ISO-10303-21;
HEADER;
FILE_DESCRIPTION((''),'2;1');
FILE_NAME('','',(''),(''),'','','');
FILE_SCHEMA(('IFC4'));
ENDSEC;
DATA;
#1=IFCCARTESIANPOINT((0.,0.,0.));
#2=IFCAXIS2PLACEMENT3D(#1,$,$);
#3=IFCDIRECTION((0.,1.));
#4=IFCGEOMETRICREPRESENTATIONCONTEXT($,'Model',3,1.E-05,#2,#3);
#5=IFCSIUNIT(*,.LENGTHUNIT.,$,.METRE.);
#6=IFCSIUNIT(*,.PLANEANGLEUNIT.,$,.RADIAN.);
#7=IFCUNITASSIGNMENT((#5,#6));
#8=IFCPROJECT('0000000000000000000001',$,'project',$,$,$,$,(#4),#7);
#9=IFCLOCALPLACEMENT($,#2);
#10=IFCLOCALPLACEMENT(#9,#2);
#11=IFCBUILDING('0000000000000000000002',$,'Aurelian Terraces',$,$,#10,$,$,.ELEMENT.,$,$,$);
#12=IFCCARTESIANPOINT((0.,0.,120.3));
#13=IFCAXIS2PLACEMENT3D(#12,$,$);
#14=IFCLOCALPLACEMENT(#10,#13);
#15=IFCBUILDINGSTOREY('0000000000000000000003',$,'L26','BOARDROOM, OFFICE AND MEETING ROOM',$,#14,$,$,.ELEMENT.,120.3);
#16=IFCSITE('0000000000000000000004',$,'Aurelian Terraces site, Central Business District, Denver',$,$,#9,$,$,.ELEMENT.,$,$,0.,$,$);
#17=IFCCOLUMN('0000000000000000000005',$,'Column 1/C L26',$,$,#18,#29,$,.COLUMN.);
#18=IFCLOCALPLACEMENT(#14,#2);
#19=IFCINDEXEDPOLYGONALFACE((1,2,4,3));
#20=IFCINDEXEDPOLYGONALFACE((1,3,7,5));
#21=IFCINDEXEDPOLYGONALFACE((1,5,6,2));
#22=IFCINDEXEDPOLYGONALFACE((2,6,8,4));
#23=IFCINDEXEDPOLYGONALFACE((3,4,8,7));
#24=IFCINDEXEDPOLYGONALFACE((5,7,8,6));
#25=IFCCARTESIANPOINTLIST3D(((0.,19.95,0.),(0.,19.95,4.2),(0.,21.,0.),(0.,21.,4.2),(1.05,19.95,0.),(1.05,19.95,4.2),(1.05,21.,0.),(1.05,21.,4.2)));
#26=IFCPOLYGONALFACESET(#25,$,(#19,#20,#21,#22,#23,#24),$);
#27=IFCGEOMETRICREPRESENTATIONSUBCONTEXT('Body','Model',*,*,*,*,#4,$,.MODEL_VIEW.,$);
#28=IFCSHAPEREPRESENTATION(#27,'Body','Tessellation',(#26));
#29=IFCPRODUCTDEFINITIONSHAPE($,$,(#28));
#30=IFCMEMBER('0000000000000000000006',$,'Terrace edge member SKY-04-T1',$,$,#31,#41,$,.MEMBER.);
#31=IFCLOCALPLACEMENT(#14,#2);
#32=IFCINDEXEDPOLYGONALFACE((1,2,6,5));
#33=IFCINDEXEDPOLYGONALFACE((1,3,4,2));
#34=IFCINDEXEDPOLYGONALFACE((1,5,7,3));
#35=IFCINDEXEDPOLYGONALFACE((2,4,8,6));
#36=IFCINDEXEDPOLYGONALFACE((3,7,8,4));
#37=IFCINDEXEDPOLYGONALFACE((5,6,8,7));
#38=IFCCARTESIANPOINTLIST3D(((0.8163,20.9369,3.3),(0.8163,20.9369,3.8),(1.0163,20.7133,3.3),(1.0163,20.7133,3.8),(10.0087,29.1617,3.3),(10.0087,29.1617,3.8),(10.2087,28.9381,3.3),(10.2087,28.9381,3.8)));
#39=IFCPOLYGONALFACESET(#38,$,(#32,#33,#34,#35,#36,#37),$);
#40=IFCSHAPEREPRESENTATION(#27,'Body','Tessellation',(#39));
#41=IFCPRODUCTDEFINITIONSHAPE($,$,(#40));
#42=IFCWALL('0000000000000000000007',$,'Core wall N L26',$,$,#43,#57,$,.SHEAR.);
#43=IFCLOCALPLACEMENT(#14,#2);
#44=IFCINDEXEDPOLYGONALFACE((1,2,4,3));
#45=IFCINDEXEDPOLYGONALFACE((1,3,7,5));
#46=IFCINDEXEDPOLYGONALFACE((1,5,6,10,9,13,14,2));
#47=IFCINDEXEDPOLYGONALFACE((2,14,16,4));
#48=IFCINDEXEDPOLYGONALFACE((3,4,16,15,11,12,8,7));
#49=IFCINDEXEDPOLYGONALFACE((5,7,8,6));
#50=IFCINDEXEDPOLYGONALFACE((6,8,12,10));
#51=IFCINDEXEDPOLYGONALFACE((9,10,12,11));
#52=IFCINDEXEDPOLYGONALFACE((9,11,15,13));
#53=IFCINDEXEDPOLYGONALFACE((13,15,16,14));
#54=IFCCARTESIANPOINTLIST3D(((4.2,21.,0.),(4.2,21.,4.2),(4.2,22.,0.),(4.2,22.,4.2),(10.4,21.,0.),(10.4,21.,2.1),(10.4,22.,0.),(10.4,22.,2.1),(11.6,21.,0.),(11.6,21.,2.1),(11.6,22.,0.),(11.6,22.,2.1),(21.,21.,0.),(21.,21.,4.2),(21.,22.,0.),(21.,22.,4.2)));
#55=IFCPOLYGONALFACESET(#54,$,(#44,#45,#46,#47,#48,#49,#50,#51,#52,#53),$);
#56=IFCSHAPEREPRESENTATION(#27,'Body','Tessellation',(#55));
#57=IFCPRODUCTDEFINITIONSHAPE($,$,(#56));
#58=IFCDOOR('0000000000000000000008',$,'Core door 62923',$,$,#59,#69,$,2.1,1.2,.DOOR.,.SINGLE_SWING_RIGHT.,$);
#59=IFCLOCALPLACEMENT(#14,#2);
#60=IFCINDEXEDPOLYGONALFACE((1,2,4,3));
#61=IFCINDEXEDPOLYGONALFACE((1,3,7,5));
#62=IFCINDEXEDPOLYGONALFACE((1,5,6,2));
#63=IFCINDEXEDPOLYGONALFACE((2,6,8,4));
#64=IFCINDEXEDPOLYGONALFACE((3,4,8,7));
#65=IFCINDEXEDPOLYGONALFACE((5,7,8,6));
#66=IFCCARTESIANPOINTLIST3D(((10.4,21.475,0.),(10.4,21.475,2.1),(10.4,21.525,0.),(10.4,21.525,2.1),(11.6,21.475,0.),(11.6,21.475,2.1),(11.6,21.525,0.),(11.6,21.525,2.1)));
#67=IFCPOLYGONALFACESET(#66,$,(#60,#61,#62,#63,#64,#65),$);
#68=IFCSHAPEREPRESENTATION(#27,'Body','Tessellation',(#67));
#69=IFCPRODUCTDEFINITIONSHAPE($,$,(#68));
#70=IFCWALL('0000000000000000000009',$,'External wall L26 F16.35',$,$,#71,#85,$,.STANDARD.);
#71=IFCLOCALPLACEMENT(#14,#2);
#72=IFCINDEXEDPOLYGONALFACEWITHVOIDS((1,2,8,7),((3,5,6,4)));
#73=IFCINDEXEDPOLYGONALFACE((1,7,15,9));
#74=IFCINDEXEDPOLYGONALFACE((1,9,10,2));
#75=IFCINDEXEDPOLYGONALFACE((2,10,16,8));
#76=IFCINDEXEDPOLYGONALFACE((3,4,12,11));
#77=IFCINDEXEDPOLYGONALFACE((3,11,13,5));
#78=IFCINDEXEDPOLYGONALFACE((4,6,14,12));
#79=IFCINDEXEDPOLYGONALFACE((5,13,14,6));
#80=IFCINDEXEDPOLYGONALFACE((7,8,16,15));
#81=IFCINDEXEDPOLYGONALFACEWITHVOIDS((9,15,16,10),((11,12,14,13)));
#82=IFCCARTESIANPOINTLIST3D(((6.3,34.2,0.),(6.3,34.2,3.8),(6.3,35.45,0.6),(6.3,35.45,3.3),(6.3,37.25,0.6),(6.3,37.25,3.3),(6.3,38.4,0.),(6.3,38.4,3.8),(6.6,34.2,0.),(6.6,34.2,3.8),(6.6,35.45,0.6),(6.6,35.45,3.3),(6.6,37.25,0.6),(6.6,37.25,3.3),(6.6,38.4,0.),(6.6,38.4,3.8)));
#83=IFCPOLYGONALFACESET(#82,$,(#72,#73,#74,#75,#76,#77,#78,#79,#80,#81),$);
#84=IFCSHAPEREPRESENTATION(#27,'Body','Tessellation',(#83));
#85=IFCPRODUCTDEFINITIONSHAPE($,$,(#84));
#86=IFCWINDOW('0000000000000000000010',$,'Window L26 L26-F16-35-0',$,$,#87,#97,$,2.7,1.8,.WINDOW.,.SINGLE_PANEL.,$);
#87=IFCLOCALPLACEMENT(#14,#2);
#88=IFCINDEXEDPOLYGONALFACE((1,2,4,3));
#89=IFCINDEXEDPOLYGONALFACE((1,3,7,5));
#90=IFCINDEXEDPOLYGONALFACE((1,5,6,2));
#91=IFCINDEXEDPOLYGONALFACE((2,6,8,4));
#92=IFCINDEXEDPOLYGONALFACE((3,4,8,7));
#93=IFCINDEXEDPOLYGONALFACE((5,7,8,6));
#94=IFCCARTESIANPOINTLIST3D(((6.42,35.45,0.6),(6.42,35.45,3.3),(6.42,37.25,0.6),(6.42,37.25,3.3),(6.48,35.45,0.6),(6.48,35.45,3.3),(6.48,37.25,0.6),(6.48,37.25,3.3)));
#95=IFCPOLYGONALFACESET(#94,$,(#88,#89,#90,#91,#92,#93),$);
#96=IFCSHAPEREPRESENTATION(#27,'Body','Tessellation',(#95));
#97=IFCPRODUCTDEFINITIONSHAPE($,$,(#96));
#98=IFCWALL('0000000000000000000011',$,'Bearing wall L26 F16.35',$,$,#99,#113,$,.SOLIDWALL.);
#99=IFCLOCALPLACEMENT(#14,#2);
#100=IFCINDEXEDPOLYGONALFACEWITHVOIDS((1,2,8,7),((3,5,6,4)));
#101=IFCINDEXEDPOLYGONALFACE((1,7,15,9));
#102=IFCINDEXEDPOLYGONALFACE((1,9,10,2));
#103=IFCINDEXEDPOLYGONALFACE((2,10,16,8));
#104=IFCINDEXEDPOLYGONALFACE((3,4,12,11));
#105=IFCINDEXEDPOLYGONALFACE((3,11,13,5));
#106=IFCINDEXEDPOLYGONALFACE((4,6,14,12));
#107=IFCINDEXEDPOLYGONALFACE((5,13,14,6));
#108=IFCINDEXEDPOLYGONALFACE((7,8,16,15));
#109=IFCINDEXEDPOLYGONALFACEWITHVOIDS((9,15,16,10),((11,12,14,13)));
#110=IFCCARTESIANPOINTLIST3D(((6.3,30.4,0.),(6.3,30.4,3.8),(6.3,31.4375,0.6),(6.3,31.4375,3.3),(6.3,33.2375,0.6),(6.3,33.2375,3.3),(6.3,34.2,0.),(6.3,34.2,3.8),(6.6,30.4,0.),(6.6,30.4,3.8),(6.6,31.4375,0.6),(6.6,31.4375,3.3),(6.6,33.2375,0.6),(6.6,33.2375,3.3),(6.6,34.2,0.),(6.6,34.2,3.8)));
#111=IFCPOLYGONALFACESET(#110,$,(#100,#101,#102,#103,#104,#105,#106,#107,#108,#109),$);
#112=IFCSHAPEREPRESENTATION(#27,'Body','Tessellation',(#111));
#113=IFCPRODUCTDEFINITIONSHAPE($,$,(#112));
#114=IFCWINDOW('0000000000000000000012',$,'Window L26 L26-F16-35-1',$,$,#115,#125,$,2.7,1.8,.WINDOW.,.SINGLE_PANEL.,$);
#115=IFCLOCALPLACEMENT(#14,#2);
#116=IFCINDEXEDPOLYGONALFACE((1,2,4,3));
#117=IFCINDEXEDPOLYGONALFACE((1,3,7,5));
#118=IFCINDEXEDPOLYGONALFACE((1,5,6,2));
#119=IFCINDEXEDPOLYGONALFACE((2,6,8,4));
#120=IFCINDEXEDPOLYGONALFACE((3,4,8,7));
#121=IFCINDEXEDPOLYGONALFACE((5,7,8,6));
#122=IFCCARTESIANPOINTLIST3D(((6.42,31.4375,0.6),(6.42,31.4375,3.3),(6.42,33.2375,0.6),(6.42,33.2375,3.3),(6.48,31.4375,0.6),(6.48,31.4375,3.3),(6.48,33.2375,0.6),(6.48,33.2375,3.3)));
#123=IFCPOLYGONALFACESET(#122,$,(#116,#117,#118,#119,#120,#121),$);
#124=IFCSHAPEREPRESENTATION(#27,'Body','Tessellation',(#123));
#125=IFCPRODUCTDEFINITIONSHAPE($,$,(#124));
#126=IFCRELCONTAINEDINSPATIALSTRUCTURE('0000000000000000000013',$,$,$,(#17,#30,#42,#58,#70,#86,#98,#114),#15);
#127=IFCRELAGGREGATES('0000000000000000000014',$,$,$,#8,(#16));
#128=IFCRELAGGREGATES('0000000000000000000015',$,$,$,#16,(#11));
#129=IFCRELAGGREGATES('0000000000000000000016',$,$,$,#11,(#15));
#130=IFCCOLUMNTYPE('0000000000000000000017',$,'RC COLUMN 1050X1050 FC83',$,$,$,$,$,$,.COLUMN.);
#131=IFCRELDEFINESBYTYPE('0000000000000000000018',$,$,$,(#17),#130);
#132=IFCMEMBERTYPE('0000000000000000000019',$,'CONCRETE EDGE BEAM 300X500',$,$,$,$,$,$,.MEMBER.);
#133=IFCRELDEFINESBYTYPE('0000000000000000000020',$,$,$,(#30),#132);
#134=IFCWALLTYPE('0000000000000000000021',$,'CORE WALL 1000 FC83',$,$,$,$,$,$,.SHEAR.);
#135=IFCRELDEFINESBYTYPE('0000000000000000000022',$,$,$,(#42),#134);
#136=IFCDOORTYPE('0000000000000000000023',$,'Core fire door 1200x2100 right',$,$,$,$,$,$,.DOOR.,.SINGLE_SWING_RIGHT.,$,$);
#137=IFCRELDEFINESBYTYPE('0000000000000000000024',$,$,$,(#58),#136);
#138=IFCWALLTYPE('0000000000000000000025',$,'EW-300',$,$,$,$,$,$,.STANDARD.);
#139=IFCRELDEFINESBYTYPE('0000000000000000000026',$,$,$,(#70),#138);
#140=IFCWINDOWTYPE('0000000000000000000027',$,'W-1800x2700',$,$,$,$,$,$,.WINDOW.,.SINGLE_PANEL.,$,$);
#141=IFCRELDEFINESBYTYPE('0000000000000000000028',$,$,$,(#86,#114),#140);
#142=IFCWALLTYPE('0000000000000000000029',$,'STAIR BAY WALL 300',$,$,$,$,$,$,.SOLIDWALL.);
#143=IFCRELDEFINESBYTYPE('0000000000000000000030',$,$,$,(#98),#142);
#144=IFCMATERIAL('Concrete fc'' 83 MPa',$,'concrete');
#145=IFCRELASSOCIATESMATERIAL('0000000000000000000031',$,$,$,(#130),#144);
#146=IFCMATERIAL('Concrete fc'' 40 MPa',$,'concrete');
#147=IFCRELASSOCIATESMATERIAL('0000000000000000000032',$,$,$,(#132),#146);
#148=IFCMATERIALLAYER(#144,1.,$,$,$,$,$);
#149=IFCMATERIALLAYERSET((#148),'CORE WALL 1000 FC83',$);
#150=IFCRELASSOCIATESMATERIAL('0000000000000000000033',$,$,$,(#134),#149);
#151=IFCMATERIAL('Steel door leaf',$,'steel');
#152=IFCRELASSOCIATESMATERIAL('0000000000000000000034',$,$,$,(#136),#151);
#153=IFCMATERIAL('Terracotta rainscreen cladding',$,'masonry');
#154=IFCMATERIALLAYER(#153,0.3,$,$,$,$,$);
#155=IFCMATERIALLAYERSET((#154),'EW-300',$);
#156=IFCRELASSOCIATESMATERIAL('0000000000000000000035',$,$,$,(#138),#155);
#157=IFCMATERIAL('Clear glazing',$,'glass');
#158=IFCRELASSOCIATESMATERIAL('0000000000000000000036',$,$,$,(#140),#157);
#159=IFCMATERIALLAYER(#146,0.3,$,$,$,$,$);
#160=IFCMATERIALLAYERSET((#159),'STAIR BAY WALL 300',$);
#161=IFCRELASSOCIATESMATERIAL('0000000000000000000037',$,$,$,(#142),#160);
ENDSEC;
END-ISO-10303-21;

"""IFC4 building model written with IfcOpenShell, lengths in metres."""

from ifc_helpers import new_model, si_unit, direction, frame, frame_2d, origin, origin_2d, place, context, subcontext, project, spatial, rectangle, extrude, source, transform, mapped, material, layer, layer_set, material_profile, profile_set, type_object, element, fill, save


model = new_model("IFC4")

# Units and contexts
model_context = context("Model", 3, precision=1e-05, world=origin(), true_north=direction((0.0, 1.0)))
body_context = subcontext(model_context, "Body", "Model", "MODEL_VIEW")
ifc_project = project(units=[si_unit("LENGTHUNIT", "METRE"), si_unit("PLANEANGLEUNIT", "RADIAN")], contexts=[model_context])

# Site, building, storey
site_placement = place(None, origin())
site = spatial("IfcSite", under=ifc_project, at=site_placement, Name="Aurelian Terraces site, Central Business District, Denver", CompositionType="ELEMENT", RefElevation=0.0)
building_placement = place(site_placement, origin())
building = spatial("IfcBuilding", under=site, at=building_placement, Name="Aurelian Terraces", CompositionType="ELEMENT")
storey_placement = place(building_placement, frame((0.0, 0.0, 120.3)))
storey = spatial("IfcBuildingStorey", under=building, at=storey_placement, Name="L26", Description="BOARDROOM, OFFICE AND MEETING ROOM", CompositionType="ELEMENT", Elevation=120.3)

# Column
ifc_material_1 = material(Name="Concrete fc' 83 MPa", Category="concrete")
ifc_material_profile_1 = material_profile(ifc_material_1, rectangle(XDim=1.05, YDim=1.05, at=origin_2d()))
ifc_profile_set_1 = profile_set([ifc_material_profile_1], Name="Concrete fc' 83 MPa")
column_type = type_object("IfcColumnType", Name="RC COLUMN 1050X1050 FC83", PredefinedType="COLUMN", material=ifc_profile_set_1)
shared_shape_1 = source(origin(), body_context, "Body", "SweptSolid", [
    extrude(rectangle(XDim=1.05, YDim=1.05, at=origin_2d()), origin(), (0.0, 0.0, 1.0), 4.2),
])
column_placement = place(storey_placement, frame((0.525, 20.475, 0.0), z_axis=(0.0, 0.0, 1.0), x_axis=(1.0, 0.0, 0.0)))
element("IfcColumn", 1, at=column_placement, inside=storey, type_object=column_type, Name="Column 1/C L26", PredefinedType="COLUMN", context=body_context, shape_type="MappedRepresentation", body=[
    mapped(shared_shape_1, transform((0.0, 0.0, 0.0), scale=1.0)),
])

# Member
ifc_material_2 = material(Name="Concrete fc' 40 MPa", Category="concrete")
ifc_material_profile_2 = material_profile(ifc_material_2, rectangle(XDim=0.3, YDim=0.5, at=origin_2d()))
ifc_profile_set_2 = profile_set([ifc_material_profile_2], Name="Concrete fc' 40 MPa")
member_type = type_object("IfcMemberType", Name="CONCRETE EDGE BEAM 300X500", PredefinedType="MEMBER", material=ifc_profile_set_2)
member_placement = place(storey_placement, frame((10.1087, 29.0499, 3.55), z_axis=(-0.74524, -0.666796, 0.0), x_axis=(0.666796, -0.74524, 0.0)))
element("IfcMember", 2, at=member_placement, inside=storey, type_object=member_type, Name="Terrace edge member SKY-04-T1", PredefinedType="MEMBER", context=body_context, shape_type="SweptSolid", body=[
    extrude(rectangle(XDim=0.3, YDim=0.5, at=origin_2d()), origin(), (0.0, 0.0, 1.0), 12.3348),
])

# Wall, opening, door
ifc_layer_1 = layer(ifc_material_1, 1.0)
ifc_layer_set_1 = layer_set([ifc_layer_1], Name="CORE WALL 1000 FC83")
wall_type_1 = type_object("IfcWallType", Name="CORE WALL 1000 FC83", PredefinedType="SHEAR", material=ifc_layer_set_1)
shared_shape_2 = source(origin(), body_context, "Body", "SweptSolid", [
    extrude(rectangle(XDim=16.8, YDim=1.0, at=frame_2d((8.4, 0.0))), origin(), (0.0, 0.0, 1.0), 4.2),
])
wall_1_placement = place(storey_placement, frame((4.2, 21.5, 0.0), z_axis=(0.0, 0.0, 1.0), x_axis=(1.0, 0.0, 0.0)))
wall_1 = element("IfcWall", 3, at=wall_1_placement, inside=storey, type_object=wall_type_1, Name="Core wall N L26", PredefinedType="SHEAR", context=body_context, shape_type="MappedRepresentation", body=[
    mapped(shared_shape_2, transform((0.0, 0.0, 0.0), scale=1.0)),
])
shared_shape_3 = source(origin(), body_context, "Body", "SweptSolid", [
    extrude(rectangle(XDim=1.2, YDim=2.1, at=frame_2d((0.6, 1.05))), frame((0.0, 0.51, 0.0), z_axis=(0.0, -1.0, 0.0), x_axis=(1.0, 0.0, 0.0)), (0.0, 0.0, 1.0), 1.02),
])
opening_1_placement = place(wall_1_placement, frame((6.2, 0.0, 0.0)))
opening_1 = element("IfcOpeningElement", 4, at=opening_1_placement, cuts=wall_1, PredefinedType="OPENING", context=body_context, shape_type="MappedRepresentation", body=[
    mapped(shared_shape_3, transform((0.0, 0.0, 0.0), scale=1.0)),
])
ifc_material_3 = material(Name="Steel door leaf", Category="steel")
door_type_1 = type_object("IfcDoorType", Name="Core fire door 1200x2100 right", OperationType="SINGLE_SWING_RIGHT", PredefinedType="DOOR", material=ifc_material_3)
shared_shape_4 = source(origin(), body_context, "Body", "SweptSolid", [
    extrude(rectangle(XDim=1.2, YDim=2.1, at=frame_2d((0.6, 1.05))), frame((0.0, 0.025, 0.0), z_axis=(0.0, -1.0, 0.0), x_axis=(1.0, 0.0, 0.0)), (0.0, 0.0, 1.0), 0.05),
])
door_1_placement = place(opening_1_placement, origin())
door_1 = element("IfcDoor", 5, at=door_1_placement, inside=storey, type_object=door_type_1, Name="Core door 62923", OperationType="SINGLE_SWING_RIGHT", OverallHeight=2.1, OverallWidth=1.2, PredefinedType="DOOR", context=body_context, shape_type="MappedRepresentation", body=[
    mapped(shared_shape_4, transform((0.0, 0.0, 0.0), scale=1.0)),
])
fill(opening_1, door_1)

# Walls, openings, windows
ifc_material_4 = material(Name="Terracotta rainscreen cladding", Category="masonry")
ifc_layer_2 = layer(ifc_material_4, 0.3)
ifc_layer_set_2 = layer_set([ifc_layer_2], Name="EW-300")
wall_type_2 = type_object("IfcWallType", Name="EW-300", PredefinedType="STANDARD", material=ifc_layer_set_2)
shared_shape_5 = source(origin(), body_context, "Body", "SweptSolid", [
    extrude(rectangle(XDim=4.2, YDim=0.3, at=frame_2d((2.1, 0.0))), origin(), (0.0, 0.0, 1.0), 3.8),
])
wall_2_placement = place(storey_placement, frame((6.45, 38.4, 0.0), z_axis=(0.0, 0.0, 1.0), x_axis=(0.0, -1.0, 0.0)))
wall_2 = element("IfcWall", 6, at=wall_2_placement, inside=storey, type_object=wall_type_2, Name="External wall L26 F16.35", PredefinedType="STANDARD", context=body_context, shape_type="MappedRepresentation", body=[
    mapped(shared_shape_5, transform((0.0, 0.0, 0.0), scale=1.0)),
])
shared_shape_6 = source(origin(), body_context, "Body", "SweptSolid", [
    extrude(rectangle(XDim=1.8, YDim=2.7, at=frame_2d((0.9, 1.35))), frame((0.0, 0.16, 0.0), z_axis=(0.0, -1.0, 0.0), x_axis=(1.0, 0.0, 0.0)), (0.0, 0.0, 1.0), 0.32),
])
opening_2_placement = place(wall_2_placement, frame((1.15, 0.0, 0.6)))
opening_2 = element("IfcOpeningElement", 7, at=opening_2_placement, cuts=wall_2, PredefinedType="OPENING", context=body_context, shape_type="MappedRepresentation", body=[
    mapped(shared_shape_6, transform((0.0, 0.0, 0.0), scale=1.0)),
])
ifc_material_5 = material(Name="Clear glazing", Category="glass")
window_type_1 = type_object("IfcWindowType", Name="W-1800x2700", PartitioningType="SINGLE_PANEL", PredefinedType="WINDOW", material=ifc_material_5)
shared_shape_7 = source(origin(), body_context, "Body", "SweptSolid", [
    extrude(rectangle(XDim=1.8, YDim=2.7, at=frame_2d((0.9, 1.35))), frame((0.0, 0.03, 0.0), z_axis=(0.0, -1.0, 0.0), x_axis=(1.0, 0.0, 0.0)), (0.0, 0.0, 1.0), 0.06),
])
window_1_placement = place(opening_2_placement, origin())
window_1 = element("IfcWindow", 8, at=window_1_placement, inside=storey, type_object=window_type_1, Name="Window L26 L26-F16-35-0", OverallHeight=2.7, OverallWidth=1.8, PartitioningType="SINGLE_PANEL", PredefinedType="WINDOW", context=body_context, shape_type="MappedRepresentation", body=[
    mapped(shared_shape_7, transform((0.0, 0.0, 0.0), scale=1.0)),
])
fill(opening_2, window_1)
ifc_layer_3 = layer(ifc_material_2, 0.3)
ifc_layer_set_3 = layer_set([ifc_layer_3], Name="STAIR BAY WALL 300")
wall_type_3 = type_object("IfcWallType", Name="STAIR BAY WALL 300", PredefinedType="SOLIDWALL", material=ifc_layer_set_3)
shared_shape_8 = source(origin(), body_context, "Body", "SweptSolid", [
    extrude(rectangle(XDim=3.8, YDim=0.3, at=frame_2d((1.9, 0.0))), origin(), (0.0, 0.0, 1.0), 3.8),
])
wall_3_placement = place(storey_placement, frame((6.45, 34.2, 0.0), z_axis=(0.0, 0.0, 1.0), x_axis=(0.0, -1.0, 0.0)))
wall_3 = element("IfcWall", 9, at=wall_3_placement, inside=storey, type_object=wall_type_3, Name="Bearing wall L26 F16.35", PredefinedType="SOLIDWALL", context=body_context, shape_type="MappedRepresentation", body=[
    mapped(shared_shape_8, transform((0.0, 0.0, 0.0), scale=1.0)),
])
opening_3_placement = place(wall_3_placement, frame((0.9625, 0.0, 0.6)))
opening_3 = element("IfcOpeningElement", 10, at=opening_3_placement, cuts=wall_3, PredefinedType="OPENING", context=body_context, shape_type="MappedRepresentation", body=[
    mapped(shared_shape_6, transform((0.0, 0.0, 0.0), scale=1.0)),
])
window_2_placement = place(opening_3_placement, origin())
window_2 = element("IfcWindow", 11, at=window_2_placement, inside=storey, type_object=window_type_1, Name="Window L26 L26-F16-35-1", OverallHeight=2.7, OverallWidth=1.8, PartitioningType="SINGLE_PANEL", PredefinedType="WINDOW", context=body_context, shape_type="MappedRepresentation", body=[
    mapped(shared_shape_7, transform((0.0, 0.0, 0.0), scale=1.0)),
])
fill(opening_3, window_2)

save(model, "model.ifc")
